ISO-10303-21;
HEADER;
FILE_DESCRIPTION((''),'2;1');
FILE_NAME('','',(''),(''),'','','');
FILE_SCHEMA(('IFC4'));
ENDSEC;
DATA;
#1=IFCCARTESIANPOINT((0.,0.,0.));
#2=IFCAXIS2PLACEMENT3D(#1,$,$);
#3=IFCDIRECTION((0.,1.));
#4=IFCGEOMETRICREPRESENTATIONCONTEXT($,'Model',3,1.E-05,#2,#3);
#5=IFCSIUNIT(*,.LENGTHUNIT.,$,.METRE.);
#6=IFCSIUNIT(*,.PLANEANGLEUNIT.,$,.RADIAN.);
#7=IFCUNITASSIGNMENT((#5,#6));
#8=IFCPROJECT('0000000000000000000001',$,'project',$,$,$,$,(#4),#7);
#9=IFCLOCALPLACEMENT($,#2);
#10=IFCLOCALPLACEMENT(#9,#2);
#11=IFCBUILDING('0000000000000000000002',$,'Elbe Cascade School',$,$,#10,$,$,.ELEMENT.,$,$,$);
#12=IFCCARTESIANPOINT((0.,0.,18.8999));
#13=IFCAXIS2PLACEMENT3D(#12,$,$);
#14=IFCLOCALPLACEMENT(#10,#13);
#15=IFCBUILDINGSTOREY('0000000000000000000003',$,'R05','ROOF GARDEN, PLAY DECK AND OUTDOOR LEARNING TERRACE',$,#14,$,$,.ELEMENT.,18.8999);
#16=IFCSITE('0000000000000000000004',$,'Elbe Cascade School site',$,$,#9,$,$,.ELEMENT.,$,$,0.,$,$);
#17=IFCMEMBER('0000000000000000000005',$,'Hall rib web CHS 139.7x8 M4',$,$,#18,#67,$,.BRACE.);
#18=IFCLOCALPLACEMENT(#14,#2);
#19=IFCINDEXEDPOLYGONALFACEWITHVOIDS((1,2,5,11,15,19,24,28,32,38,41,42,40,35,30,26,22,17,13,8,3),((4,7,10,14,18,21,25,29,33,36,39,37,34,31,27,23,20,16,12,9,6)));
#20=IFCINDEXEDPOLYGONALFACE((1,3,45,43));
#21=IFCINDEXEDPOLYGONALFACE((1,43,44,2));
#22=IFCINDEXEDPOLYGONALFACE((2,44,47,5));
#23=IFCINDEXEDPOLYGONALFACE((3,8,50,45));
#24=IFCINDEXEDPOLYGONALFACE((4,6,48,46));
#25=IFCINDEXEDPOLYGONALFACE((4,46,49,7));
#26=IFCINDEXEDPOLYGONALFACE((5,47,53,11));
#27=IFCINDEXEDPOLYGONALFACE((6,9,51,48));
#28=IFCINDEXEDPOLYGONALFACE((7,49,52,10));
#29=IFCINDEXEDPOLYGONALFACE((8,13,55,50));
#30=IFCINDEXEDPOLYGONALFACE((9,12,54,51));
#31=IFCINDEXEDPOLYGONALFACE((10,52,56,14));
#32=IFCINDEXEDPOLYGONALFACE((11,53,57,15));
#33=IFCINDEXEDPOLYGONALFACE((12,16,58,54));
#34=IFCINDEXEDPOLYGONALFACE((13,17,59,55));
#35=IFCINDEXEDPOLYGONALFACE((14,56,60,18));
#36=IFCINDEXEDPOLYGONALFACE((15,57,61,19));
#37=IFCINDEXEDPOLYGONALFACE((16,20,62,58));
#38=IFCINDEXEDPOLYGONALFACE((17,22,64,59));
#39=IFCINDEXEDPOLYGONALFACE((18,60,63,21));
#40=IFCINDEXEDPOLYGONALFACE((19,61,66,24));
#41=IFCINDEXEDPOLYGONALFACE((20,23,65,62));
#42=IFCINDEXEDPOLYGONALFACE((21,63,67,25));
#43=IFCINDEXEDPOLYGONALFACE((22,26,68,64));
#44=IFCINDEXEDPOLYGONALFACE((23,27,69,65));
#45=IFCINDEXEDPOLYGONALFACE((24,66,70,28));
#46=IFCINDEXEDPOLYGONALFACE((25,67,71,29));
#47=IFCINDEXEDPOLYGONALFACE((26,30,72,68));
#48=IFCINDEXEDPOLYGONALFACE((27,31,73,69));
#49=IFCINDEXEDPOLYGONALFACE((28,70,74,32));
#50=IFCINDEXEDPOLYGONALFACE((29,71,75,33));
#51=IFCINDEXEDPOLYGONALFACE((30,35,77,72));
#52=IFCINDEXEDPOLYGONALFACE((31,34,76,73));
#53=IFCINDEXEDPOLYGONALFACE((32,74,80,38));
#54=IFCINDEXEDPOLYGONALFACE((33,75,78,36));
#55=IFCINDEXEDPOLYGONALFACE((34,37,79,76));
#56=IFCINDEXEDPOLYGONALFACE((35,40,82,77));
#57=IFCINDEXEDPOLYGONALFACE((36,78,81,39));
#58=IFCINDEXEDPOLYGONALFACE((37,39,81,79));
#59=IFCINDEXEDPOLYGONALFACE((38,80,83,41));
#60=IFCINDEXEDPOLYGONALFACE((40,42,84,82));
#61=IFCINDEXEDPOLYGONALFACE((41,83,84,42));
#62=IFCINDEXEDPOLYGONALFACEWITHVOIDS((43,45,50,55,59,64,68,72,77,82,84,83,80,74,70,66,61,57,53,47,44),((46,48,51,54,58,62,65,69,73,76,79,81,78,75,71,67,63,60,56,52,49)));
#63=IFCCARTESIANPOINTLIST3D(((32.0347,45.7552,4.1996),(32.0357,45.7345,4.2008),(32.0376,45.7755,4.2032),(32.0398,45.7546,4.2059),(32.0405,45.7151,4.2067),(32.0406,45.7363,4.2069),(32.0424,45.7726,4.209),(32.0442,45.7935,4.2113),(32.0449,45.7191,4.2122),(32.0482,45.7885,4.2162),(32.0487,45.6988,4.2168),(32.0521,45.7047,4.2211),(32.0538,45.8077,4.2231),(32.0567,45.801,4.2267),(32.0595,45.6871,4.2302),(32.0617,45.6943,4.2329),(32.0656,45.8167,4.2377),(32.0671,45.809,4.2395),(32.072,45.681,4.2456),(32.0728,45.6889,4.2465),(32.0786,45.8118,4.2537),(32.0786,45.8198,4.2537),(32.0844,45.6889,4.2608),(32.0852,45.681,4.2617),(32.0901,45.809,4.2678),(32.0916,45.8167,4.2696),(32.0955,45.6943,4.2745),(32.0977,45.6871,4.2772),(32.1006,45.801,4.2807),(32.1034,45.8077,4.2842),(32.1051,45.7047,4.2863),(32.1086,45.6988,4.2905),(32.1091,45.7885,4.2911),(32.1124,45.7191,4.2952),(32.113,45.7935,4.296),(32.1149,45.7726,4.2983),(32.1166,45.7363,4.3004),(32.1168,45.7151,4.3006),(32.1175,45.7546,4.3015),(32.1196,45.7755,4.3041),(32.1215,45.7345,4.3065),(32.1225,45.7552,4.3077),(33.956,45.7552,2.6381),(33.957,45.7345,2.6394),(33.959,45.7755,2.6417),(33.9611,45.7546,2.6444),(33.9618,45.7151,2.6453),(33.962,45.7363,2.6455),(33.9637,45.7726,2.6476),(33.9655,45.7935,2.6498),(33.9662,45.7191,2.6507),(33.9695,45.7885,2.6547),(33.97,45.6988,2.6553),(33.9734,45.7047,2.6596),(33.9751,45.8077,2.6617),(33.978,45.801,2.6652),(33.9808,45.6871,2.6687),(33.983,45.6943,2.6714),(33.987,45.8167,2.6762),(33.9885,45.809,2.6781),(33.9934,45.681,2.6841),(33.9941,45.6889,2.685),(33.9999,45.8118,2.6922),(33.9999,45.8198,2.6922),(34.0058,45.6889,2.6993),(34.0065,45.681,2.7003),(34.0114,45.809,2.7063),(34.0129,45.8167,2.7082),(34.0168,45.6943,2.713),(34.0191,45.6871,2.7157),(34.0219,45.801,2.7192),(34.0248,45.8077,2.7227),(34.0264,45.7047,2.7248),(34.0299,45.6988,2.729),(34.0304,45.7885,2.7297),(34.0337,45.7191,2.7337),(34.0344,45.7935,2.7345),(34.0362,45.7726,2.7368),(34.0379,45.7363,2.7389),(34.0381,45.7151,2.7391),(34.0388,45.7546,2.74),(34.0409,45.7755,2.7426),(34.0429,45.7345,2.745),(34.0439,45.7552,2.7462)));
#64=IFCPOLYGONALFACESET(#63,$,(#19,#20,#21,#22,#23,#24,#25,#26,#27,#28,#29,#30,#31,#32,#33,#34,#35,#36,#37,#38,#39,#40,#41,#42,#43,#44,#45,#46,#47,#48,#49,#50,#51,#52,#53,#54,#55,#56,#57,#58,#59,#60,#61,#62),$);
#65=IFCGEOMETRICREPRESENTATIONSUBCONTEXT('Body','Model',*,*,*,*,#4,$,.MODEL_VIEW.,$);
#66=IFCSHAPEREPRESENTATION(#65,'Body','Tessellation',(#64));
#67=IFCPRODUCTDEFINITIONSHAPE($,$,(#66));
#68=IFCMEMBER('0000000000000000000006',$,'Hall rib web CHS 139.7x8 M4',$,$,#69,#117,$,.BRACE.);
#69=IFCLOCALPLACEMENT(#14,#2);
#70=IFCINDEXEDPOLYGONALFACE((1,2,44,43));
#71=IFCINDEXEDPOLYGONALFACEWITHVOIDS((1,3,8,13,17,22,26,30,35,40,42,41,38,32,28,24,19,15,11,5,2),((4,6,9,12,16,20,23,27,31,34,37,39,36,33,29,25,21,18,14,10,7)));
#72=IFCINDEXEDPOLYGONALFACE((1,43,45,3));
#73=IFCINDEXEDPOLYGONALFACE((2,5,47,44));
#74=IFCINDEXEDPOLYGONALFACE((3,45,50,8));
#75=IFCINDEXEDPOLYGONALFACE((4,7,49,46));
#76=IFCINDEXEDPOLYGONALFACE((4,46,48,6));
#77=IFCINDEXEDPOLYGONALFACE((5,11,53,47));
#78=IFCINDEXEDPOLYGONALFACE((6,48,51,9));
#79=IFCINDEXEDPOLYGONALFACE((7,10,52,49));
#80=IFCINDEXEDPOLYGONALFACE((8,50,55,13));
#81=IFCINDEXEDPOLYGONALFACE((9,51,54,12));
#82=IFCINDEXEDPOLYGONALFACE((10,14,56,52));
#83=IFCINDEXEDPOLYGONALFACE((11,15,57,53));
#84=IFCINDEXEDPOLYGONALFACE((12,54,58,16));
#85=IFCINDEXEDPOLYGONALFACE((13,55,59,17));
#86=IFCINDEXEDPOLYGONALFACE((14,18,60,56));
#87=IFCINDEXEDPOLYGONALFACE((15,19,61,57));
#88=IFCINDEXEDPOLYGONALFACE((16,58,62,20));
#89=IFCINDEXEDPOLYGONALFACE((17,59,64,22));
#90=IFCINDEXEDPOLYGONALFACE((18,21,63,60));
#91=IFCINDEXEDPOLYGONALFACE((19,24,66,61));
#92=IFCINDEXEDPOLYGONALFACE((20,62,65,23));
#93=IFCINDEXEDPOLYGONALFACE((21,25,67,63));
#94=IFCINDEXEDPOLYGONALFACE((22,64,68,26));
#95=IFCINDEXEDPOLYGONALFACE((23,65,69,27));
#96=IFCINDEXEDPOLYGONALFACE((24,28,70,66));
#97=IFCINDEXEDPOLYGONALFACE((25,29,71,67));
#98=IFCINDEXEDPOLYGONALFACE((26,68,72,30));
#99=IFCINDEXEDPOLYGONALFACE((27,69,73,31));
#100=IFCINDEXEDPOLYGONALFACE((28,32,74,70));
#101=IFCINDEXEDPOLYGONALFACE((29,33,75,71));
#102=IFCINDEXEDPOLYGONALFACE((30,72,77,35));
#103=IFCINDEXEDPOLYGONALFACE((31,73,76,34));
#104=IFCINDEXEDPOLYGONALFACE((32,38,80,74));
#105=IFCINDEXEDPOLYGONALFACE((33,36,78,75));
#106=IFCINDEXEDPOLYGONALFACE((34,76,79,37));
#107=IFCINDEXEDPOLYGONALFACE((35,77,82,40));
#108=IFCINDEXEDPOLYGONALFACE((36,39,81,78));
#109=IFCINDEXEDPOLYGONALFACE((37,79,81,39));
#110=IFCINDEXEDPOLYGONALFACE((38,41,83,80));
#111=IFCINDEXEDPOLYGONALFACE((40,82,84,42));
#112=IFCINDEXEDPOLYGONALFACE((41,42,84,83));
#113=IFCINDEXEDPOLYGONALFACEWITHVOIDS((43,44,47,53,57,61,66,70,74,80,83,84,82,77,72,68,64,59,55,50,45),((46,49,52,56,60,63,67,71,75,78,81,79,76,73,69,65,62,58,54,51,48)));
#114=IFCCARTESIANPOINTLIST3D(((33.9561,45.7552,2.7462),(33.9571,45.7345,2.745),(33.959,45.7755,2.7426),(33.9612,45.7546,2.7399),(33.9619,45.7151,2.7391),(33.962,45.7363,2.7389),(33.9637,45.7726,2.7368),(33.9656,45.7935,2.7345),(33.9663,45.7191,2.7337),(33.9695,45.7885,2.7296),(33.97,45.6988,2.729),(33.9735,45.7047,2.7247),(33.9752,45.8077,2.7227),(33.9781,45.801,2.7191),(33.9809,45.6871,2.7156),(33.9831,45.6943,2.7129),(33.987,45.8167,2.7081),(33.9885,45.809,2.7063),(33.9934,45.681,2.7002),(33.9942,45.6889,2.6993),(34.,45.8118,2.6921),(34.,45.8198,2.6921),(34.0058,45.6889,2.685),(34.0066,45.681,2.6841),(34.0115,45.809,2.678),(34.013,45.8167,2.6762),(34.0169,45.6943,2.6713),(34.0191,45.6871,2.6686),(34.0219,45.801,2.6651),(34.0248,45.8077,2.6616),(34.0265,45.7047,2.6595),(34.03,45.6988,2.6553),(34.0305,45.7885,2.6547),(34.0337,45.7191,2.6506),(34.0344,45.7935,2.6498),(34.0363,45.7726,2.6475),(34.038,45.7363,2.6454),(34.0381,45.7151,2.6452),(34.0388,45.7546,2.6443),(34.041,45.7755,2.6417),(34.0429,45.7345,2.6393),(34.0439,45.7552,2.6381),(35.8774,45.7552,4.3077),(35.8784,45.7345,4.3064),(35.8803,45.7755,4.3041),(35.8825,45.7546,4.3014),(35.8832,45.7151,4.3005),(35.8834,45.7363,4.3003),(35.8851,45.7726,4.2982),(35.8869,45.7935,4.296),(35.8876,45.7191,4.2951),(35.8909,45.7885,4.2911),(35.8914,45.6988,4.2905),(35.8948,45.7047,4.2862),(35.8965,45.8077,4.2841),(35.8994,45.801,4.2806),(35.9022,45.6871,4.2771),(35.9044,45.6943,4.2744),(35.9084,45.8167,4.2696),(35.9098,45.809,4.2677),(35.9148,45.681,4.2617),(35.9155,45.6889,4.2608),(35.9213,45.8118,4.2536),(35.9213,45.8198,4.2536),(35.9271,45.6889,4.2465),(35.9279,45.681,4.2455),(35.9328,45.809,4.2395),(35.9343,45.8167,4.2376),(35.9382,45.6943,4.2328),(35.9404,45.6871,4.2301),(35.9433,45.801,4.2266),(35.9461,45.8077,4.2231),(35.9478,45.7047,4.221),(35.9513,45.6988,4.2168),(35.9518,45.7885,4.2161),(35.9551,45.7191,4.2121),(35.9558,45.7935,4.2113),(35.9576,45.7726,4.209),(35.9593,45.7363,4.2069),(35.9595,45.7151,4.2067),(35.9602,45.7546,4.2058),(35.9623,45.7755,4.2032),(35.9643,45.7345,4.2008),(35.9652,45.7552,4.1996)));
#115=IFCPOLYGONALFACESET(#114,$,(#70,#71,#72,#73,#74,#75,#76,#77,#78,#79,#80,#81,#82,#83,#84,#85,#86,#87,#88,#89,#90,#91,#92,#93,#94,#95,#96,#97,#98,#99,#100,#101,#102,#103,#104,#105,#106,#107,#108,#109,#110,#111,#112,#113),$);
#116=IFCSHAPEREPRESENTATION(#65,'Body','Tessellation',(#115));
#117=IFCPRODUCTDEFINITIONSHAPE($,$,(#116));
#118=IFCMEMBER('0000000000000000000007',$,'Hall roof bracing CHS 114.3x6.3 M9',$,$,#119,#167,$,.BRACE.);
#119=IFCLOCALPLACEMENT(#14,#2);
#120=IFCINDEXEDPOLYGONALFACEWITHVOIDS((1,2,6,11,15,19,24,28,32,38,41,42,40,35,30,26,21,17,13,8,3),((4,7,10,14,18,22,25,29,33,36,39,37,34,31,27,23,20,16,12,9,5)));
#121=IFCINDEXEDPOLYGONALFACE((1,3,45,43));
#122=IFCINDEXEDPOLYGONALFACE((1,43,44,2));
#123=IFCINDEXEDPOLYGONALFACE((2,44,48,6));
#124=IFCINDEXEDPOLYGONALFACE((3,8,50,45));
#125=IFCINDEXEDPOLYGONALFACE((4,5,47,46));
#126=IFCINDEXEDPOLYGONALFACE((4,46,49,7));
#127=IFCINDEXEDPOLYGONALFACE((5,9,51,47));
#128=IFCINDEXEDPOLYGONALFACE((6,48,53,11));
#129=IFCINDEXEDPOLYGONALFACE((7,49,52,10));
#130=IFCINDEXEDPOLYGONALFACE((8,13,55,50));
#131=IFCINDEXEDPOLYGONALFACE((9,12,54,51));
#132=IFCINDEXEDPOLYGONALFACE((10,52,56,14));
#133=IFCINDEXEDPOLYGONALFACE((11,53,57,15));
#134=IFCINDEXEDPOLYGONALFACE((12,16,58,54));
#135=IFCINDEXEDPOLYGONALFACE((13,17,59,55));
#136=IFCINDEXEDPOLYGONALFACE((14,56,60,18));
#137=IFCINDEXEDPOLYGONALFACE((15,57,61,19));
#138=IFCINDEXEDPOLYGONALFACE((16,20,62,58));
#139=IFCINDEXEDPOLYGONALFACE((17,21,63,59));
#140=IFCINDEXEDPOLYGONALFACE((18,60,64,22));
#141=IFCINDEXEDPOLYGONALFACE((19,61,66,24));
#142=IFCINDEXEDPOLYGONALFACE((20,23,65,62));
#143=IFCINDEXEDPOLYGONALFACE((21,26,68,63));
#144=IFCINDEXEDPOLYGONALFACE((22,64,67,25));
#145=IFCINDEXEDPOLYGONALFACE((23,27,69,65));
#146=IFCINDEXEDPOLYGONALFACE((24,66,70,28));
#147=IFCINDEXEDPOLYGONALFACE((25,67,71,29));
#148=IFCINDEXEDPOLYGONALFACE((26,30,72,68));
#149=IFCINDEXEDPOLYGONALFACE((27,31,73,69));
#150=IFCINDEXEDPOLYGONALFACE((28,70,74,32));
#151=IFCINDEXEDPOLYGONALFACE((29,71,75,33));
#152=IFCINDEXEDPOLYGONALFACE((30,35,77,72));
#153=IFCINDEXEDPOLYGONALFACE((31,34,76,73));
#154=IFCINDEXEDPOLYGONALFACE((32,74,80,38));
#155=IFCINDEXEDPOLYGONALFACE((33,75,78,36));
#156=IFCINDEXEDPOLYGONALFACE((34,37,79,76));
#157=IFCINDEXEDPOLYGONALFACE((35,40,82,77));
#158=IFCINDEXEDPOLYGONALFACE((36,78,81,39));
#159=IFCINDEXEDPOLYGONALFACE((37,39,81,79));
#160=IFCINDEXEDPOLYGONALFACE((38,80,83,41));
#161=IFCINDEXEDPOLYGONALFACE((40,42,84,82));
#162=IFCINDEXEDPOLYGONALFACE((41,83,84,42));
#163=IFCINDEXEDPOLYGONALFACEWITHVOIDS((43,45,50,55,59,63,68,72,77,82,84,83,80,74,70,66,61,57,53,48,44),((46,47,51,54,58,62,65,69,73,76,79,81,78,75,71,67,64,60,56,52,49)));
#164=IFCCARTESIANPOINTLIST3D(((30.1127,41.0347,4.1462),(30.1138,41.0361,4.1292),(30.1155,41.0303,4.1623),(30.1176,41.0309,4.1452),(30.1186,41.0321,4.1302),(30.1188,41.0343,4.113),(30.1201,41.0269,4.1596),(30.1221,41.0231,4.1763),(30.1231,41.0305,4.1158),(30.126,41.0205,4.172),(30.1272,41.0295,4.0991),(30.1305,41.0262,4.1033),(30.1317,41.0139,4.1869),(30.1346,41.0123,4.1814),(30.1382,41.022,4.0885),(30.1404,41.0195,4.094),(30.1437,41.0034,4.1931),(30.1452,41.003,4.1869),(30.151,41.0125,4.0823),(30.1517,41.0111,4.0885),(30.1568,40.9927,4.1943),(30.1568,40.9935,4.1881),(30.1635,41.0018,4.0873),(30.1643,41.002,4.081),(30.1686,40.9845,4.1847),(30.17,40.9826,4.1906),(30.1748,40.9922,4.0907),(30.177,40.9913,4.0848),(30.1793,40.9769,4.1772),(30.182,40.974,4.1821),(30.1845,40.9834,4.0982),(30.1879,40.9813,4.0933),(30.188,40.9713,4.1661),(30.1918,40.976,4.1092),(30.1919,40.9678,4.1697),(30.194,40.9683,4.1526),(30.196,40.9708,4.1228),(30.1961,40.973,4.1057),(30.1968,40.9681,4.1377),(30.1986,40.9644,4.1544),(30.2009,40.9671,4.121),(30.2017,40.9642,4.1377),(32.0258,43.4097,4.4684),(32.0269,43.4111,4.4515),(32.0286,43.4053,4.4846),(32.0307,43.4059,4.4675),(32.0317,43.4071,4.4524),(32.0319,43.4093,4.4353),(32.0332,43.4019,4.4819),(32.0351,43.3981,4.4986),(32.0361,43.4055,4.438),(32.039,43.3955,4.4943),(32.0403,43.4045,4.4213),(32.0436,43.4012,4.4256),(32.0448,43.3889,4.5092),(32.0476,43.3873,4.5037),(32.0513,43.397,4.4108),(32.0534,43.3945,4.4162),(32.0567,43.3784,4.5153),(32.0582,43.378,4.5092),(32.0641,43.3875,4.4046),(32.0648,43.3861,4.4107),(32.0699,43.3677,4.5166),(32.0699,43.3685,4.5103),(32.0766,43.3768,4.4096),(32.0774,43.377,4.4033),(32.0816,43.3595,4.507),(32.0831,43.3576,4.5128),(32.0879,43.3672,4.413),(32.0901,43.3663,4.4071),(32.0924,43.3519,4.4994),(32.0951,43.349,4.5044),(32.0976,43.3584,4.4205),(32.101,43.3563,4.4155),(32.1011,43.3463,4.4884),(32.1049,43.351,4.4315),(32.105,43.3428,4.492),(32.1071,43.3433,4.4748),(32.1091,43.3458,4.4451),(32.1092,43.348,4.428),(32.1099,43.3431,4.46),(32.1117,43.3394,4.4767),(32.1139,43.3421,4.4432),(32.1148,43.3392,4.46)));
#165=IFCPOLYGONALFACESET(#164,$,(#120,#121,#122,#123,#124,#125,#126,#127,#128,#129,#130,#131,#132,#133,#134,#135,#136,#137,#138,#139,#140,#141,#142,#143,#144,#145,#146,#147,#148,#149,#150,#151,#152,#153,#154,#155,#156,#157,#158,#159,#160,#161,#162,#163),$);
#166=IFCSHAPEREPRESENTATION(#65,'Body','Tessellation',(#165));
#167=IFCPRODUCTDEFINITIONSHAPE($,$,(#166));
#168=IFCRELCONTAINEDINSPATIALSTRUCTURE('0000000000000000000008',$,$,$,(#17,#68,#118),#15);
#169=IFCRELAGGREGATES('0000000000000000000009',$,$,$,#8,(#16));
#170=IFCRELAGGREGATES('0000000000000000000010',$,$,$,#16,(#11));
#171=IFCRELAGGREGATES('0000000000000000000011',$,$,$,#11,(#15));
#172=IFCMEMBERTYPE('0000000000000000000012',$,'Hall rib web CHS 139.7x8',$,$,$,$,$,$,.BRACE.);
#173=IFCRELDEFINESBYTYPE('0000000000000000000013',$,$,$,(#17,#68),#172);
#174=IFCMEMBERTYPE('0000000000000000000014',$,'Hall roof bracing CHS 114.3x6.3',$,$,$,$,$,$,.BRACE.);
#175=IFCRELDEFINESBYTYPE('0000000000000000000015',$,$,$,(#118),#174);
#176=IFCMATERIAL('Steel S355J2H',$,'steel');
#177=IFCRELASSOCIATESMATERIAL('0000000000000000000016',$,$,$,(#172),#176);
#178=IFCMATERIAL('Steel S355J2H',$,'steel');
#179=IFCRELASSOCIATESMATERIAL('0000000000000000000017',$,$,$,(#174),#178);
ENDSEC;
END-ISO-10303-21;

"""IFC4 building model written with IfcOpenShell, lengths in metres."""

from ifc_helpers import new_model, si_unit, direction, frame, origin, origin_2d, place, context, subcontext, project, spatial, hollow_circle, extrude, material, material_profile, profile_set, type_object, element, save


model = new_model("IFC4")

# Units and contexts
model_context = context("Model", 3, precision=1e-05, world=origin(), true_north=direction((0.0, 1.0)))
body_context = subcontext(model_context, "Body", "Model", "MODEL_VIEW")
ifc_project = project(units=[si_unit("LENGTHUNIT", "METRE"), si_unit("PLANEANGLEUNIT", "RADIAN")], contexts=[model_context])

# Site, building, storey
site_placement = place(None, origin())
site = spatial("IfcSite", under=ifc_project, at=site_placement, Name="Elbe Cascade School site", CompositionType="ELEMENT", RefElevation=0.0)
building_placement = place(site_placement, origin())
building = spatial("IfcBuilding", under=site, at=building_placement, Name="Elbe Cascade School", CompositionType="ELEMENT")
storey_placement = place(building_placement, frame((0.0, 0.0, 18.8999)))
storey = spatial("IfcBuildingStorey", under=building, at=storey_placement, Name="R05", Description="ROOF GARDEN, PLAY DECK AND OUTDOOR LEARNING TERRACE", CompositionType="ELEMENT", Elevation=18.8999)

# Members
ifc_material_1 = material(Name="Steel S355J2H", Category="steel")
ifc_material_profile_1 = material_profile(ifc_material_1, hollow_circle(Radius=0.0698, WallThickness=0.0081, at=origin_2d()), Name="CHS 139.7x8")
ifc_profile_set_1 = profile_set([ifc_material_profile_1], Name="Steel S355J2H")
member_type_1 = type_object("IfcMemberType", Name="Hall rib web CHS 139.7x8", PredefinedType="BRACE", material=ifc_profile_set_1)
for number, where, z_axis, x_axis, name in (
    (1, (32.0786, 45.75, 4.2537), (0.776036, 0.0, -0.630689), (0.0, 1.0, 0.0), "Hall rib web CHS 139.7x8 M4"),
    (2, (34.0, 45.75, 2.6921), (0.776036, 0.0, 0.630689), (0.0, 1.0, 0.0), "Hall rib web CHS 139.7x8 M4"),
):
    element("IfcMember", number, at=place(storey_placement, frame(where, z_axis=z_axis, x_axis=x_axis)), inside=storey, type_object=member_type_1, Name=name, PredefinedType="BRACE", context=body_context, shape_type="SweptSolid", body=[
        extrude(hollow_circle(Radius=0.0698, WallThickness=0.0081, at=origin_2d()), origin(), (0.0, 0.0, 1.0), 2.4758),
    ])
ifc_material_2 = material(Name="Steel S355J2H", Category="steel")
ifc_material_profile_2 = material_profile(ifc_material_2, hollow_circle(Radius=0.0571, WallThickness=0.0063, at=origin_2d()), Name="CHS 114.3x6.3")
ifc_profile_set_2 = profile_set([ifc_material_profile_2], Name="Steel S355J2H")
member_type_2 = type_object("IfcMemberType", Name="Hall roof bracing CHS 114.3x6.3", PredefinedType="BRACE", material=ifc_profile_set_2)
member_1_placement = place(storey_placement, frame((32.0703, 43.375, 4.46), z_axis=(-0.623835, -0.774459, -0.105087), x_axis=(0.778771, -0.627308, 0.0)))
element("IfcMember", 3, at=member_1_placement, inside=storey, type_object=member_type_2, Name="Hall roof bracing CHS 114.3x6.3 M9", PredefinedType="BRACE", context=body_context, shape_type="SweptSolid", body=[
    extrude(hollow_circle(Radius=0.0571, WallThickness=0.0063, at=origin_2d()), origin(), (0.0, 0.0, 1.0), 3.0667),
])

save(model, "model.ifc")
